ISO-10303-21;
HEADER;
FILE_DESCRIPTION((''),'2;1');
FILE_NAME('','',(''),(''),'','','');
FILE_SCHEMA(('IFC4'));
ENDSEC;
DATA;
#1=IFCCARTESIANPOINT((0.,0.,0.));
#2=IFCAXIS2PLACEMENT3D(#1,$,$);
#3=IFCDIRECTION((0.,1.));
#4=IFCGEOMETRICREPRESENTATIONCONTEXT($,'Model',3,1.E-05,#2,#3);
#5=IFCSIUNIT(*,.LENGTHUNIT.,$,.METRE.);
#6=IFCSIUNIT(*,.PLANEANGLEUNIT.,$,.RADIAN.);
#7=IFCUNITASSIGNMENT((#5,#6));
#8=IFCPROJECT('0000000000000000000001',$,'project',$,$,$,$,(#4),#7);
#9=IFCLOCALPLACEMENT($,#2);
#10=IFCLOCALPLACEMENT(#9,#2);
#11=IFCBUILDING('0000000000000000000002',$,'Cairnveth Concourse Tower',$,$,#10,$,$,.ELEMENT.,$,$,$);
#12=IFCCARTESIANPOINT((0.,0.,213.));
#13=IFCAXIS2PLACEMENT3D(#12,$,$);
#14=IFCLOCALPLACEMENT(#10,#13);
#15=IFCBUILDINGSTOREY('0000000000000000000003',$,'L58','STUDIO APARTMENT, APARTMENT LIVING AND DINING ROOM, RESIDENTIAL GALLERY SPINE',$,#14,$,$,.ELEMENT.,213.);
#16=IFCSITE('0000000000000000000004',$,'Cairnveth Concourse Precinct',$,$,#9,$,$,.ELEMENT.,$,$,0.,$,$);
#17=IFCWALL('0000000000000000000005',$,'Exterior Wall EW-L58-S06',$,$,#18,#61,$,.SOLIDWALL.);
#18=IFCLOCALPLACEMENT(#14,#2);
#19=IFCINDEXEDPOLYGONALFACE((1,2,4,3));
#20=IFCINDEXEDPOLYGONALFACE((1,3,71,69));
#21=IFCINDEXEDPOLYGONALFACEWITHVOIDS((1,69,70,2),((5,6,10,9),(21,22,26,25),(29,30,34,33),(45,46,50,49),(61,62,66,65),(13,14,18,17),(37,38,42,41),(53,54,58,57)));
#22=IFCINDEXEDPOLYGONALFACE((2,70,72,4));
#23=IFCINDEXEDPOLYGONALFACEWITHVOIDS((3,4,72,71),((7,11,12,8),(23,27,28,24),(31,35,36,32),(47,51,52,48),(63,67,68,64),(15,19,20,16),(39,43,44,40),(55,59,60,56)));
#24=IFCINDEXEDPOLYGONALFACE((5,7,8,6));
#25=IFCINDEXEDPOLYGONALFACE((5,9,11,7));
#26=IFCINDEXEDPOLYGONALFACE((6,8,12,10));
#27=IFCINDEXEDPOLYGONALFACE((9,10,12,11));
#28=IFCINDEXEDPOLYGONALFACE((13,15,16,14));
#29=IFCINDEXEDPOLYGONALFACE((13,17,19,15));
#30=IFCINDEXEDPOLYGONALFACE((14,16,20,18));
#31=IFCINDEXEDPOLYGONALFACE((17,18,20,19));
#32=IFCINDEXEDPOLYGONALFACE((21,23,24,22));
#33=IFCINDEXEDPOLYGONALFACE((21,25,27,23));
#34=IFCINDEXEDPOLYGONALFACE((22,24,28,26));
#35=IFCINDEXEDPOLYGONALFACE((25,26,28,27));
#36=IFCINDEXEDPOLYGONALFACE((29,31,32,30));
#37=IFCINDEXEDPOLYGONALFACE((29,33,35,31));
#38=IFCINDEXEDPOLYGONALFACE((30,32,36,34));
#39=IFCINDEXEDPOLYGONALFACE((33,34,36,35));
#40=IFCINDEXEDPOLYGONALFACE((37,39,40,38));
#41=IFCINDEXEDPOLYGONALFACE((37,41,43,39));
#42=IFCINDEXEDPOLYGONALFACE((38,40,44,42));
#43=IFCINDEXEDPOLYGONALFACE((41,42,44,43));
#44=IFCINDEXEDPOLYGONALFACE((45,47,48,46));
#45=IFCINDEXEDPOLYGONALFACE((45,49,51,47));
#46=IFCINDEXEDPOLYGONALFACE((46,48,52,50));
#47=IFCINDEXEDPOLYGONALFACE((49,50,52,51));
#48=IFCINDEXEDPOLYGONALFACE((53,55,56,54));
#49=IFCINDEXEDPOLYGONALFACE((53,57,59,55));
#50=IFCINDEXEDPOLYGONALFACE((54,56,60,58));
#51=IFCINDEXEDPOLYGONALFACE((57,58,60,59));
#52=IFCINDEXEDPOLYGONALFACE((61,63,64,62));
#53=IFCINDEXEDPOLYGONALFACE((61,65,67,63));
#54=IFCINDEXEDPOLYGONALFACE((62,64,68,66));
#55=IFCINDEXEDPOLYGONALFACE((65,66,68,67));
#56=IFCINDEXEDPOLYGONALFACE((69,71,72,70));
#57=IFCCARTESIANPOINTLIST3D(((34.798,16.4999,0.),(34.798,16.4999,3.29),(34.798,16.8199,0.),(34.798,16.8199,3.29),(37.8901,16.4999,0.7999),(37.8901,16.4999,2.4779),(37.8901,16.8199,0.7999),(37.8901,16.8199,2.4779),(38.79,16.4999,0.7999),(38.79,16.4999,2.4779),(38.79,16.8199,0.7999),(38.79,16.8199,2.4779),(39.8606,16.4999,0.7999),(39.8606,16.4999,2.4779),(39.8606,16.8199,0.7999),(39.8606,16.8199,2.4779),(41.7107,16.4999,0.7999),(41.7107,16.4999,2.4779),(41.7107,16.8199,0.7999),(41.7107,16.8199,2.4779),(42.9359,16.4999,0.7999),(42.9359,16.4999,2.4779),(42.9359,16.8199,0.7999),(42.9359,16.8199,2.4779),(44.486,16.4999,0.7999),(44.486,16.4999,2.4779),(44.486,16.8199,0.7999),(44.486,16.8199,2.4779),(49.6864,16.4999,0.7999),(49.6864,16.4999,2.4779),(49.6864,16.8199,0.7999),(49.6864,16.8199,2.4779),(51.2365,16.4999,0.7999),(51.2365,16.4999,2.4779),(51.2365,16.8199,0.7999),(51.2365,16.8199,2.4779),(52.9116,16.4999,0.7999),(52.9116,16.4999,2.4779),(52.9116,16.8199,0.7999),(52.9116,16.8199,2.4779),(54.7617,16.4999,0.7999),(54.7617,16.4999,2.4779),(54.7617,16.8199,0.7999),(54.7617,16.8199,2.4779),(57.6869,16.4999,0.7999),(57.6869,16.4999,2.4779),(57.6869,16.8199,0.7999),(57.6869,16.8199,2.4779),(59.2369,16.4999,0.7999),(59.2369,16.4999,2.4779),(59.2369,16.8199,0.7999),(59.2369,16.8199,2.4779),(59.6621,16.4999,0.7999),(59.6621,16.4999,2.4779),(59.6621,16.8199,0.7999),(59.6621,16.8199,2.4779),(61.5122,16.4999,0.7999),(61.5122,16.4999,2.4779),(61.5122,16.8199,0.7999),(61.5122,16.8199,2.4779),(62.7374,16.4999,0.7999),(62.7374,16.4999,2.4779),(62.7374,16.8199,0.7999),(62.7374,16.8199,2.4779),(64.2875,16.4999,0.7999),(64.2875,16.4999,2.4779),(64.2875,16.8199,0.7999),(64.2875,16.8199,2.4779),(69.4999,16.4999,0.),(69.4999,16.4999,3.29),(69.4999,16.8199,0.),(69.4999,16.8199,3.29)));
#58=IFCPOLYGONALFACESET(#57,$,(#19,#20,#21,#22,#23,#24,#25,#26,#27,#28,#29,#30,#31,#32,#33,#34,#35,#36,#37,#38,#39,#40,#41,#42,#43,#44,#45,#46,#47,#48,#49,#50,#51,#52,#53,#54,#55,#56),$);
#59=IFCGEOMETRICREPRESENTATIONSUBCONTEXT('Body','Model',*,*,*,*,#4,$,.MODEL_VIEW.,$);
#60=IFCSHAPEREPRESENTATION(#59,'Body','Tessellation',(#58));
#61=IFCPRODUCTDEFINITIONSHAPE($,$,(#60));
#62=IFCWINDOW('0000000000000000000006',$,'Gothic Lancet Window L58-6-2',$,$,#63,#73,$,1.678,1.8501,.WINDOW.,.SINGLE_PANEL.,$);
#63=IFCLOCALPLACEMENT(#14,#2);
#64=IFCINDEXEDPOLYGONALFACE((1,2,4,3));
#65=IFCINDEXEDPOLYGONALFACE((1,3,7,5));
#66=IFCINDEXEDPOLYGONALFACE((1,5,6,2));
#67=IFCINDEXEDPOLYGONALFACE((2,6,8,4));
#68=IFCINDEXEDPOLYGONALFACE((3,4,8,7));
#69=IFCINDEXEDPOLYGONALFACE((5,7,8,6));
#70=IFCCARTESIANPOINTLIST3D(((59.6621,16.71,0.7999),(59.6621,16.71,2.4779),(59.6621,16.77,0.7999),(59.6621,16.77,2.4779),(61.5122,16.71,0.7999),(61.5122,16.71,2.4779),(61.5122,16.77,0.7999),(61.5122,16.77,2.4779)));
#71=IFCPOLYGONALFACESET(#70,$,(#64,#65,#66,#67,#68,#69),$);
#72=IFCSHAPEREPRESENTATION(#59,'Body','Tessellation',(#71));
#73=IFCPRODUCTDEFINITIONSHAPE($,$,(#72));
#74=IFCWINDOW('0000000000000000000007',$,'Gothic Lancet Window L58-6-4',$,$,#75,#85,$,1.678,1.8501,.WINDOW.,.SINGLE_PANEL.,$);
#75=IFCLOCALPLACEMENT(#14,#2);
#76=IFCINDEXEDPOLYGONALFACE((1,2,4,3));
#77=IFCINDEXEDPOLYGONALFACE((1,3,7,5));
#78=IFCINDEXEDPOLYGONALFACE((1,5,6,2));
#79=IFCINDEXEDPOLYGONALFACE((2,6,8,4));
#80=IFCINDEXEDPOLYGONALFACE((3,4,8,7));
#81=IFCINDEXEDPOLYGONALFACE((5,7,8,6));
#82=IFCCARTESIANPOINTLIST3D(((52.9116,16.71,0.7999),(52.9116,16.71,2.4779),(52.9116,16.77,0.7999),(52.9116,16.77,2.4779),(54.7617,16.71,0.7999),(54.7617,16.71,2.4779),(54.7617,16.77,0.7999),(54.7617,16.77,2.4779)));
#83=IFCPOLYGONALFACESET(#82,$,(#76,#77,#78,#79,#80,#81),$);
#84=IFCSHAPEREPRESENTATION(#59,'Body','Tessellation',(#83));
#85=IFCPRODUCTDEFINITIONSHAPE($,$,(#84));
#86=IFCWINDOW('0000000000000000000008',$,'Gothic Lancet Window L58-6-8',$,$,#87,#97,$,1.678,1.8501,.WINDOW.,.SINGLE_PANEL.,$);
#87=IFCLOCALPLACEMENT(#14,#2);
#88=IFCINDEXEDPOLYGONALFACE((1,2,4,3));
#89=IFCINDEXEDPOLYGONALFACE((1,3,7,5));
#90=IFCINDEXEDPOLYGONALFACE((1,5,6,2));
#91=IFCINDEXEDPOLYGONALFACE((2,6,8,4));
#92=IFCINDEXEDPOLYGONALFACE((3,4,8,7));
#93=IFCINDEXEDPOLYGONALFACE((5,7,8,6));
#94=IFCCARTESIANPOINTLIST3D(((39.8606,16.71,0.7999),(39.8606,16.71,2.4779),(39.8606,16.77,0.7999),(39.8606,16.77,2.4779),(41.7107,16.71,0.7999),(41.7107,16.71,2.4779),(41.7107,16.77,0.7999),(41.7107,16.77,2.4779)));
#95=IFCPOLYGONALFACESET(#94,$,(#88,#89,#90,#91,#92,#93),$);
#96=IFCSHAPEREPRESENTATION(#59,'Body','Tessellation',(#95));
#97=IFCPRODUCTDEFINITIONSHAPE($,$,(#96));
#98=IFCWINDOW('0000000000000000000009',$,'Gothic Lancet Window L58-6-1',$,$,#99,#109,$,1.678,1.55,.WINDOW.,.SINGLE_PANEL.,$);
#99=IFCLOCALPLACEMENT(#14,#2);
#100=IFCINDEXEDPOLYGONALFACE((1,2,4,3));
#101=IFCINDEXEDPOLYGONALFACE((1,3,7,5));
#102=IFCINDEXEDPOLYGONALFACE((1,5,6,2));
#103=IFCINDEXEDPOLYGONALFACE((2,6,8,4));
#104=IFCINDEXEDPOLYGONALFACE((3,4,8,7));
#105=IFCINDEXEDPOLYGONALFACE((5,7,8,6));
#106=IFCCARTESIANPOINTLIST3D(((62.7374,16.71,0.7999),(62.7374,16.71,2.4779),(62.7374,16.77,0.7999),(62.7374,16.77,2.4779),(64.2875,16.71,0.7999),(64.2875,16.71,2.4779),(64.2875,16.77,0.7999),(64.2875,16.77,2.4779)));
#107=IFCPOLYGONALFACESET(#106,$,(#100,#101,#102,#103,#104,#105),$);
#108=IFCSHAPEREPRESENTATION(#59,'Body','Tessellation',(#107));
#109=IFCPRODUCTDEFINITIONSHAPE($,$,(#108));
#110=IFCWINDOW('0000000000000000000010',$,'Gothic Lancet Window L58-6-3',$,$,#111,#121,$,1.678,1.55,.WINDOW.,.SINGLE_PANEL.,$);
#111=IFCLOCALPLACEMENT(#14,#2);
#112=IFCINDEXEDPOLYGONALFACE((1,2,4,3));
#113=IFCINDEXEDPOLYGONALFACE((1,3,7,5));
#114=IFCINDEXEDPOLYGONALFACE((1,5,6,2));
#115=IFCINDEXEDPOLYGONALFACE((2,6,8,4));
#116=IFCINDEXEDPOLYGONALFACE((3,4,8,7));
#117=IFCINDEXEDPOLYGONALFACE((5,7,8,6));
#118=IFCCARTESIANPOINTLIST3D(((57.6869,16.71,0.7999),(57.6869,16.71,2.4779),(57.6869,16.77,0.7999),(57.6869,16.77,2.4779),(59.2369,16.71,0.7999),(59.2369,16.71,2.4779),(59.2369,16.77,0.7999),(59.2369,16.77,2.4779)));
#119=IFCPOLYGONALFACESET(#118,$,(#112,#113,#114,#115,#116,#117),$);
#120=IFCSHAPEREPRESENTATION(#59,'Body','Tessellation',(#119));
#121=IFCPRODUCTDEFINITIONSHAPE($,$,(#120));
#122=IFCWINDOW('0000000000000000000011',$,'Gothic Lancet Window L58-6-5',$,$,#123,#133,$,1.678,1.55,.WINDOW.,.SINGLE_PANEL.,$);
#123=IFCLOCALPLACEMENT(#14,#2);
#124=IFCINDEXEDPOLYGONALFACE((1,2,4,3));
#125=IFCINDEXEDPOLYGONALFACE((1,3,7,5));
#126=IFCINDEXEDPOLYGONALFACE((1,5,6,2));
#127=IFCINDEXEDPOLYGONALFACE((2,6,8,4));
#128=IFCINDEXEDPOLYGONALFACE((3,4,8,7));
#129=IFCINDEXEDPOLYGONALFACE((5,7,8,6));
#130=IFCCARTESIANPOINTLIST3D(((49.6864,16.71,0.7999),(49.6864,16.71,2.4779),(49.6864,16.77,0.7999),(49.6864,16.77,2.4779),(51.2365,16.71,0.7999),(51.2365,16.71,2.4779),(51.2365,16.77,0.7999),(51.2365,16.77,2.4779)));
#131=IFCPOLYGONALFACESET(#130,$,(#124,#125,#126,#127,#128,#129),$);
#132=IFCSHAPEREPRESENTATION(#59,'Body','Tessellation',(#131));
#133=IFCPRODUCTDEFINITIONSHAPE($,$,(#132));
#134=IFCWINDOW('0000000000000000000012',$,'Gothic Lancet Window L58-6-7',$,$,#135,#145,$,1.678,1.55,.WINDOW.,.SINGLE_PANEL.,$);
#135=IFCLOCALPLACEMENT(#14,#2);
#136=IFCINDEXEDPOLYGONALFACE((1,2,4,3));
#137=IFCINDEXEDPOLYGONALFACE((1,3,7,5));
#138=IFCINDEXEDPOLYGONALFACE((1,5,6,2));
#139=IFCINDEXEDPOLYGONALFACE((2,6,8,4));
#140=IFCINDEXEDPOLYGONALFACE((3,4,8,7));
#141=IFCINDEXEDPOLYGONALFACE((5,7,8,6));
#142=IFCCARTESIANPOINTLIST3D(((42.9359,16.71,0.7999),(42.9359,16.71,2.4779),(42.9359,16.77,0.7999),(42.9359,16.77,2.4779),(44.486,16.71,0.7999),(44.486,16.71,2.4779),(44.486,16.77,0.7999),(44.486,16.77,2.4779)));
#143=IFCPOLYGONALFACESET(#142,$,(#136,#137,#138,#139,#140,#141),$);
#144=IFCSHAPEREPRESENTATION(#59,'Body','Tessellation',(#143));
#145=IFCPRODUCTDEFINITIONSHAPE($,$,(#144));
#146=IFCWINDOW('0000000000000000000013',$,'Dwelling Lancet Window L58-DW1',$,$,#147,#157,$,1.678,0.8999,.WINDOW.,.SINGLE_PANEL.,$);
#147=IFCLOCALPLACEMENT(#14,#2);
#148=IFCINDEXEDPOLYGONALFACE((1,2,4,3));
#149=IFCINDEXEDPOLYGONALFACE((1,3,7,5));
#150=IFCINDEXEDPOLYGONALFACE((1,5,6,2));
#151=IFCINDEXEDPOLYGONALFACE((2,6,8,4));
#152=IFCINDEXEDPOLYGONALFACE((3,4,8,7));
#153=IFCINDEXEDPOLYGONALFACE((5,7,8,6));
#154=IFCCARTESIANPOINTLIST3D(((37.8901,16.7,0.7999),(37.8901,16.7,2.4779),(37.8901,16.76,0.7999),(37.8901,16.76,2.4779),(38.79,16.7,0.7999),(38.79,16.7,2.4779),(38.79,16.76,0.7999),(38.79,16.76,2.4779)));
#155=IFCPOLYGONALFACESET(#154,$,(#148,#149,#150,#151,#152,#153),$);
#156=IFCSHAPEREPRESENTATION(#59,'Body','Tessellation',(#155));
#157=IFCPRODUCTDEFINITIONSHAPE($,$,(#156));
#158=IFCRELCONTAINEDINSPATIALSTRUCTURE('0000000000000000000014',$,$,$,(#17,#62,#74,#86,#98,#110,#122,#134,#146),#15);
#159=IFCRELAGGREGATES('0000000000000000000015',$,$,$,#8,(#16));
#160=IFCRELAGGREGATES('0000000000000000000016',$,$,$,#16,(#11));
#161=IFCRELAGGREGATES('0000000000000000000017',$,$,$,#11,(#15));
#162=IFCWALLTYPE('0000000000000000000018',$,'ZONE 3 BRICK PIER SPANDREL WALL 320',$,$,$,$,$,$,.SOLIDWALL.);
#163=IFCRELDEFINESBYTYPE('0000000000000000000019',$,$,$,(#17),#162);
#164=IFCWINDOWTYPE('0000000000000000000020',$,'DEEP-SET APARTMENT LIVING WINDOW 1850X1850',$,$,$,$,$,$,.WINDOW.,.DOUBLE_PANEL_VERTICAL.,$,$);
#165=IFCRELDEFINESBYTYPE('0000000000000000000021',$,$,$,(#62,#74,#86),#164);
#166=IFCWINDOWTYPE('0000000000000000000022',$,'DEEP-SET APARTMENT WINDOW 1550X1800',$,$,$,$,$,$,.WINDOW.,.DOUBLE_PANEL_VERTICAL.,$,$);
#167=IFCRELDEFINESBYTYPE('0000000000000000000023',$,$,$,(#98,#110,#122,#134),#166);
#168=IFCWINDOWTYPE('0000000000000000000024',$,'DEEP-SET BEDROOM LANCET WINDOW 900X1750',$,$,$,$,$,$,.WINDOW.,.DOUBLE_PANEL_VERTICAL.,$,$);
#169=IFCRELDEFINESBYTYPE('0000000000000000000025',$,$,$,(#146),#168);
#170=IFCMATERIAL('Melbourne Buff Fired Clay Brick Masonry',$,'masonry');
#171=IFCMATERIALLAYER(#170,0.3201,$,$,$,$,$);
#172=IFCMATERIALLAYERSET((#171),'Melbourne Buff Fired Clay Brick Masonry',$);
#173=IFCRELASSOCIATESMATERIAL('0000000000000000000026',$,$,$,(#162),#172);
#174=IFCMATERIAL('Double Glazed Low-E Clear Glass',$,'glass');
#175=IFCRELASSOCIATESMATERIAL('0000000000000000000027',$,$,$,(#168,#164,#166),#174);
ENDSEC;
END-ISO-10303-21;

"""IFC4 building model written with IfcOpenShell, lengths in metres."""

from ifc_helpers import new_model, si_unit, direction, frame, frame_2d, origin, place, context, subcontext, project, spatial, rectangle, extrude, material, layer, layer_set, type_object, element, fill, save


model = new_model("IFC4")

# Units and contexts
model_context = context("Model", 3, precision=1e-05, world=origin(), true_north=direction((0.0, 1.0)))
body_context = subcontext(model_context, "Body", "Model", "MODEL_VIEW")
ifc_project = project(units=[si_unit("LENGTHUNIT", "METRE"), si_unit("PLANEANGLEUNIT", "RADIAN")], contexts=[model_context])

# Site, building, storey
site_placement = place(None, origin())
site = spatial("IfcSite", under=ifc_project, at=site_placement, Name="Cairnveth Concourse Precinct", CompositionType="ELEMENT", RefElevation=0.0)
building_placement = place(site_placement, origin())
building = spatial("IfcBuilding", under=site, at=building_placement, Name="Cairnveth Concourse Tower", CompositionType="ELEMENT")
storey_placement = place(building_placement, frame((0.0, 0.0, 213.0)))
storey = spatial("IfcBuildingStorey", under=building, at=storey_placement, Name="L58", Description="STUDIO APARTMENT, APARTMENT LIVING AND DINING ROOM, RESIDENTIAL GALLERY SPINE", CompositionType="ELEMENT", Elevation=213.0)

# Shared definitions
ifc_material_1 = material(Name="Melbourne Buff Fired Clay Brick Masonry", Category="masonry")
ifc_layer_1 = layer(ifc_material_1, 0.3201)
ifc_layer_set_1 = layer_set([ifc_layer_1], Name="Melbourne Buff Fired Clay Brick Masonry")
wall_type_1 = type_object("IfcWallType", Name="ZONE 3 BRICK PIER SPANDREL WALL 320", PredefinedType="SOLIDWALL", material=ifc_layer_set_1)
ifc_material_2 = material(Name="Double Glazed Low-E Clear Glass", Category="glass")
window_type_1 = type_object("IfcWindowType", Name="DEEP-SET BEDROOM LANCET WINDOW 900X1750", PartitioningType="DOUBLE_PANEL_VERTICAL", PredefinedType="WINDOW", material=ifc_material_2)

# Wall, openings, windows
wall_1_placement = place(storey_placement, frame((69.5, 16.6599, 0.0), z_axis=(0.0, 0.0, 1.0), x_axis=(-1.0, 0.0, 0.0)))
wall_1 = element("IfcWall", 1, at=wall_1_placement, inside=storey, type_object=wall_type_1, Name="Exterior Wall EW-L58-S06", PredefinedType="SOLIDWALL", context=body_context, shape_type="SweptSolid", body=[
    extrude(rectangle(XDim=34.7019, YDim=0.3201, at=frame_2d((17.3511, 0.0))), origin(), (0.0, 0.0, 1.0), 3.29),
])
opening_1_placement = place(wall_1_placement, frame((5.2126, 0.0, 0.8)))
opening_1 = element("IfcOpeningElement", 2, at=opening_1_placement, cuts=wall_1, PredefinedType="OPENING", context=body_context, shape_type="SweptSolid", body=[
    extrude(rectangle(XDim=1.55, YDim=1.678, at=frame_2d((0.7749, 0.8389))), frame((0.0, 0.1699, 0.0), z_axis=(0.0, -1.0, 0.0), x_axis=(1.0, 0.0, 0.0)), (0.0, 0.0, 1.0), 0.3401),
])
opening_2_placement = place(wall_1_placement, frame((7.9878, 0.0, 0.8)))
opening_2 = element("IfcOpeningElement", 3, at=opening_2_placement, cuts=wall_1, PredefinedType="OPENING", context=body_context, shape_type="SweptSolid", body=[
    extrude(rectangle(XDim=1.8501, YDim=1.678, at=frame_2d((0.925, 0.8389))), frame((0.0, 0.1699, 0.0), z_axis=(0.0, -1.0, 0.0), x_axis=(1.0, 0.0, 0.0)), (0.0, 0.0, 1.0), 0.3401),
])
opening_3_placement = place(wall_1_placement, frame((10.2632, 0.0, 0.8)))
opening_3 = element("IfcOpeningElement", 4, at=opening_3_placement, cuts=wall_1, PredefinedType="OPENING", context=body_context, shape_type="SweptSolid", body=[
    extrude(rectangle(XDim=1.55, YDim=1.678, at=frame_2d((0.7749, 0.8389))), frame((0.0, 0.1699, 0.0), z_axis=(0.0, -1.0, 0.0), x_axis=(1.0, 0.0, 0.0)), (0.0, 0.0, 1.0), 0.3401),
])
opening_4_placement = place(wall_1_placement, frame((14.7383, 0.0, 0.8)))
opening_4 = element("IfcOpeningElement", 5, at=opening_4_placement, cuts=wall_1, PredefinedType="OPENING", context=body_context, shape_type="SweptSolid", body=[
    extrude(rectangle(XDim=1.8501, YDim=1.678, at=frame_2d((0.925, 0.8389))), frame((0.0, 0.1699, 0.0), z_axis=(0.0, -1.0, 0.0), x_axis=(1.0, 0.0, 0.0)), (0.0, 0.0, 1.0), 0.3401),
])
opening_5_placement = place(wall_1_placement, frame((18.2637, 0.0, 0.8)))
opening_5 = element("IfcOpeningElement", 6, at=opening_5_placement, cuts=wall_1, PredefinedType="OPENING", context=body_context, shape_type="SweptSolid", body=[
    extrude(rectangle(XDim=1.55, YDim=1.678, at=frame_2d((0.7749, 0.8389))), frame((0.0, 0.1699, 0.0), z_axis=(0.0, -1.0, 0.0), x_axis=(1.0, 0.0, 0.0)), (0.0, 0.0, 1.0), 0.3401),
])
opening_6_placement = place(wall_1_placement, frame((25.0142, 0.0, 0.8)))
opening_6 = element("IfcOpeningElement", 7, at=opening_6_placement, cuts=wall_1, PredefinedType="OPENING", context=body_context, shape_type="SweptSolid", body=[
    extrude(rectangle(XDim=1.55, YDim=1.678, at=frame_2d((0.7749, 0.8389))), frame((0.0, 0.1699, 0.0), z_axis=(0.0, -1.0, 0.0), x_axis=(1.0, 0.0, 0.0)), (0.0, 0.0, 1.0), 0.3401),
])
opening_7_placement = place(wall_1_placement, frame((27.7893, 0.0, 0.8)))
opening_7 = element("IfcOpeningElement", 8, at=opening_7_placement, cuts=wall_1, PredefinedType="OPENING", context=body_context, shape_type="SweptSolid", body=[
    extrude(rectangle(XDim=1.8501, YDim=1.678, at=frame_2d((0.925, 0.8389))), frame((0.0, 0.1699, 0.0), z_axis=(0.0, -1.0, 0.0), x_axis=(1.0, 0.0, 0.0)), (0.0, 0.0, 1.0), 0.3401),
])
opening_8_placement = place(wall_1_placement, frame((30.71, 0.0, 0.8)))
opening_8 = element("IfcOpeningElement", 9, at=opening_8_placement, cuts=wall_1, PredefinedType="OPENING", context=body_context, shape_type="SweptSolid", body=[
    extrude(rectangle(XDim=0.8999, YDim=1.678, at=frame_2d((0.45, 0.8389))), frame((0.0, 0.1699, 0.0), z_axis=(0.0, -1.0, 0.0), x_axis=(1.0, 0.0, 0.0)), (0.0, 0.0, 1.0), 0.3401),
])
window_type_2 = type_object("IfcWindowType", Name="DEEP-SET APARTMENT LIVING WINDOW 1850X1850", PartitioningType="DOUBLE_PANEL_VERTICAL", PredefinedType="WINDOW", material=ifc_material_2)
window_1_placement = place(opening_2_placement, origin())
window_1 = element("IfcWindow", 10, at=window_1_placement, inside=storey, type_object=window_type_2, Name="Gothic Lancet Window L58-6-2", OverallHeight=1.678, OverallWidth=1.8501, PartitioningType="SINGLE_PANEL", PredefinedType="WINDOW", context=body_context, shape_type="SweptSolid", body=[
    extrude(rectangle(XDim=1.8501, YDim=1.678, at=frame_2d((0.925, 0.8389))), frame((0.0, -0.05, 0.0), z_axis=(0.0, -1.0, 0.0), x_axis=(1.0, 0.0, 0.0)), (0.0, 0.0, 1.0), 0.0601),
])
fill(opening_2, window_1)
window_2_placement = place(opening_4_placement, origin())
window_2 = element("IfcWindow", 11, at=window_2_placement, inside=storey, type_object=window_type_2, Name="Gothic Lancet Window L58-6-4", OverallHeight=1.678, OverallWidth=1.8501, PartitioningType="SINGLE_PANEL", PredefinedType="WINDOW", context=body_context, shape_type="SweptSolid", body=[
    extrude(rectangle(XDim=1.8501, YDim=1.678, at=frame_2d((0.925, 0.8389))), frame((0.0, -0.05, 0.0), z_axis=(0.0, -1.0, 0.0), x_axis=(1.0, 0.0, 0.0)), (0.0, 0.0, 1.0), 0.0601),
])
fill(opening_4, window_2)
window_3_placement = place(opening_7_placement, origin())
window_3 = element("IfcWindow", 12, at=window_3_placement, inside=storey, type_object=window_type_2, Name="Gothic Lancet Window L58-6-8", OverallHeight=1.678, OverallWidth=1.8501, PartitioningType="SINGLE_PANEL", PredefinedType="WINDOW", context=body_context, shape_type="SweptSolid", body=[
    extrude(rectangle(XDim=1.8501, YDim=1.678, at=frame_2d((0.925, 0.8389))), frame((0.0, -0.05, 0.0), z_axis=(0.0, -1.0, 0.0), x_axis=(1.0, 0.0, 0.0)), (0.0, 0.0, 1.0), 0.0601),
])
fill(opening_7, window_3)
window_type_3 = type_object("IfcWindowType", Name="DEEP-SET APARTMENT WINDOW 1550X1800", PartitioningType="DOUBLE_PANEL_VERTICAL", PredefinedType="WINDOW", material=ifc_material_2)
window_4_placement = place(opening_1_placement, origin())
window_4 = element("IfcWindow", 13, at=window_4_placement, inside=storey, type_object=window_type_3, Name="Gothic Lancet Window L58-6-1", OverallHeight=1.678, OverallWidth=1.55, PartitioningType="SINGLE_PANEL", PredefinedType="WINDOW", context=body_context, shape_type="SweptSolid", body=[
    extrude(rectangle(XDim=1.55, YDim=1.678, at=frame_2d((0.7749, 0.8389))), frame((0.0, -0.05, 0.0), z_axis=(0.0, -1.0, 0.0), x_axis=(1.0, 0.0, 0.0)), (0.0, 0.0, 1.0), 0.0601),
])
fill(opening_1, window_4)
window_5_placement = place(opening_3_placement, origin())
window_5 = element("IfcWindow", 14, at=window_5_placement, inside=storey, type_object=window_type_3, Name="Gothic Lancet Window L58-6-3", OverallHeight=1.678, OverallWidth=1.55, PartitioningType="SINGLE_PANEL", PredefinedType="WINDOW", context=body_context, shape_type="SweptSolid", body=[
    extrude(rectangle(XDim=1.55, YDim=1.678, at=frame_2d((0.7749, 0.8389))), frame((0.0, -0.05, 0.0), z_axis=(0.0, -1.0, 0.0), x_axis=(1.0, 0.0, 0.0)), (0.0, 0.0, 1.0), 0.0601),
])
fill(opening_3, window_5)
window_6_placement = place(opening_5_placement, origin())
window_6 = element("IfcWindow", 15, at=window_6_placement, inside=storey, type_object=window_type_3, Name="Gothic Lancet Window L58-6-5", OverallHeight=1.678, OverallWidth=1.55, PartitioningType="SINGLE_PANEL", PredefinedType="WINDOW", context=body_context, shape_type="SweptSolid", body=[
    extrude(rectangle(XDim=1.55, YDim=1.678, at=frame_2d((0.7749, 0.8389))), frame((0.0, -0.05, 0.0), z_axis=(0.0, -1.0, 0.0), x_axis=(1.0, 0.0, 0.0)), (0.0, 0.0, 1.0), 0.0601),
])
fill(opening_5, window_6)
window_7_placement = place(opening_6_placement, origin())
window_7 = element("IfcWindow", 16, at=window_7_placement, inside=storey, type_object=window_type_3, Name="Gothic Lancet Window L58-6-7", OverallHeight=1.678, OverallWidth=1.55, PartitioningType="SINGLE_PANEL", PredefinedType="WINDOW", context=body_context, shape_type="SweptSolid", body=[
    extrude(rectangle(XDim=1.55, YDim=1.678, at=frame_2d((0.7749, 0.8389))), frame((0.0, -0.05, 0.0), z_axis=(0.0, -1.0, 0.0), x_axis=(1.0, 0.0, 0.0)), (0.0, 0.0, 1.0), 0.0601),
])
fill(opening_6, window_7)
window_8_placement = place(opening_8_placement, origin())
window_8 = element("IfcWindow", 17, at=window_8_placement, inside=storey, type_object=window_type_1, Name="Dwelling Lancet Window L58-DW1", OverallHeight=1.678, OverallWidth=0.8999, PartitioningType="SINGLE_PANEL", PredefinedType="WINDOW", context=body_context, shape_type="SweptSolid", body=[
    extrude(rectangle(XDim=0.8999, YDim=1.678, at=frame_2d((0.45, 0.8389))), frame((0.0, -0.04, 0.0), z_axis=(0.0, -1.0, 0.0), x_axis=(1.0, 0.0, 0.0)), (0.0, 0.0, 1.0), 0.0601),
])
fill(opening_8, window_8)

save(model, "model.ifc")
